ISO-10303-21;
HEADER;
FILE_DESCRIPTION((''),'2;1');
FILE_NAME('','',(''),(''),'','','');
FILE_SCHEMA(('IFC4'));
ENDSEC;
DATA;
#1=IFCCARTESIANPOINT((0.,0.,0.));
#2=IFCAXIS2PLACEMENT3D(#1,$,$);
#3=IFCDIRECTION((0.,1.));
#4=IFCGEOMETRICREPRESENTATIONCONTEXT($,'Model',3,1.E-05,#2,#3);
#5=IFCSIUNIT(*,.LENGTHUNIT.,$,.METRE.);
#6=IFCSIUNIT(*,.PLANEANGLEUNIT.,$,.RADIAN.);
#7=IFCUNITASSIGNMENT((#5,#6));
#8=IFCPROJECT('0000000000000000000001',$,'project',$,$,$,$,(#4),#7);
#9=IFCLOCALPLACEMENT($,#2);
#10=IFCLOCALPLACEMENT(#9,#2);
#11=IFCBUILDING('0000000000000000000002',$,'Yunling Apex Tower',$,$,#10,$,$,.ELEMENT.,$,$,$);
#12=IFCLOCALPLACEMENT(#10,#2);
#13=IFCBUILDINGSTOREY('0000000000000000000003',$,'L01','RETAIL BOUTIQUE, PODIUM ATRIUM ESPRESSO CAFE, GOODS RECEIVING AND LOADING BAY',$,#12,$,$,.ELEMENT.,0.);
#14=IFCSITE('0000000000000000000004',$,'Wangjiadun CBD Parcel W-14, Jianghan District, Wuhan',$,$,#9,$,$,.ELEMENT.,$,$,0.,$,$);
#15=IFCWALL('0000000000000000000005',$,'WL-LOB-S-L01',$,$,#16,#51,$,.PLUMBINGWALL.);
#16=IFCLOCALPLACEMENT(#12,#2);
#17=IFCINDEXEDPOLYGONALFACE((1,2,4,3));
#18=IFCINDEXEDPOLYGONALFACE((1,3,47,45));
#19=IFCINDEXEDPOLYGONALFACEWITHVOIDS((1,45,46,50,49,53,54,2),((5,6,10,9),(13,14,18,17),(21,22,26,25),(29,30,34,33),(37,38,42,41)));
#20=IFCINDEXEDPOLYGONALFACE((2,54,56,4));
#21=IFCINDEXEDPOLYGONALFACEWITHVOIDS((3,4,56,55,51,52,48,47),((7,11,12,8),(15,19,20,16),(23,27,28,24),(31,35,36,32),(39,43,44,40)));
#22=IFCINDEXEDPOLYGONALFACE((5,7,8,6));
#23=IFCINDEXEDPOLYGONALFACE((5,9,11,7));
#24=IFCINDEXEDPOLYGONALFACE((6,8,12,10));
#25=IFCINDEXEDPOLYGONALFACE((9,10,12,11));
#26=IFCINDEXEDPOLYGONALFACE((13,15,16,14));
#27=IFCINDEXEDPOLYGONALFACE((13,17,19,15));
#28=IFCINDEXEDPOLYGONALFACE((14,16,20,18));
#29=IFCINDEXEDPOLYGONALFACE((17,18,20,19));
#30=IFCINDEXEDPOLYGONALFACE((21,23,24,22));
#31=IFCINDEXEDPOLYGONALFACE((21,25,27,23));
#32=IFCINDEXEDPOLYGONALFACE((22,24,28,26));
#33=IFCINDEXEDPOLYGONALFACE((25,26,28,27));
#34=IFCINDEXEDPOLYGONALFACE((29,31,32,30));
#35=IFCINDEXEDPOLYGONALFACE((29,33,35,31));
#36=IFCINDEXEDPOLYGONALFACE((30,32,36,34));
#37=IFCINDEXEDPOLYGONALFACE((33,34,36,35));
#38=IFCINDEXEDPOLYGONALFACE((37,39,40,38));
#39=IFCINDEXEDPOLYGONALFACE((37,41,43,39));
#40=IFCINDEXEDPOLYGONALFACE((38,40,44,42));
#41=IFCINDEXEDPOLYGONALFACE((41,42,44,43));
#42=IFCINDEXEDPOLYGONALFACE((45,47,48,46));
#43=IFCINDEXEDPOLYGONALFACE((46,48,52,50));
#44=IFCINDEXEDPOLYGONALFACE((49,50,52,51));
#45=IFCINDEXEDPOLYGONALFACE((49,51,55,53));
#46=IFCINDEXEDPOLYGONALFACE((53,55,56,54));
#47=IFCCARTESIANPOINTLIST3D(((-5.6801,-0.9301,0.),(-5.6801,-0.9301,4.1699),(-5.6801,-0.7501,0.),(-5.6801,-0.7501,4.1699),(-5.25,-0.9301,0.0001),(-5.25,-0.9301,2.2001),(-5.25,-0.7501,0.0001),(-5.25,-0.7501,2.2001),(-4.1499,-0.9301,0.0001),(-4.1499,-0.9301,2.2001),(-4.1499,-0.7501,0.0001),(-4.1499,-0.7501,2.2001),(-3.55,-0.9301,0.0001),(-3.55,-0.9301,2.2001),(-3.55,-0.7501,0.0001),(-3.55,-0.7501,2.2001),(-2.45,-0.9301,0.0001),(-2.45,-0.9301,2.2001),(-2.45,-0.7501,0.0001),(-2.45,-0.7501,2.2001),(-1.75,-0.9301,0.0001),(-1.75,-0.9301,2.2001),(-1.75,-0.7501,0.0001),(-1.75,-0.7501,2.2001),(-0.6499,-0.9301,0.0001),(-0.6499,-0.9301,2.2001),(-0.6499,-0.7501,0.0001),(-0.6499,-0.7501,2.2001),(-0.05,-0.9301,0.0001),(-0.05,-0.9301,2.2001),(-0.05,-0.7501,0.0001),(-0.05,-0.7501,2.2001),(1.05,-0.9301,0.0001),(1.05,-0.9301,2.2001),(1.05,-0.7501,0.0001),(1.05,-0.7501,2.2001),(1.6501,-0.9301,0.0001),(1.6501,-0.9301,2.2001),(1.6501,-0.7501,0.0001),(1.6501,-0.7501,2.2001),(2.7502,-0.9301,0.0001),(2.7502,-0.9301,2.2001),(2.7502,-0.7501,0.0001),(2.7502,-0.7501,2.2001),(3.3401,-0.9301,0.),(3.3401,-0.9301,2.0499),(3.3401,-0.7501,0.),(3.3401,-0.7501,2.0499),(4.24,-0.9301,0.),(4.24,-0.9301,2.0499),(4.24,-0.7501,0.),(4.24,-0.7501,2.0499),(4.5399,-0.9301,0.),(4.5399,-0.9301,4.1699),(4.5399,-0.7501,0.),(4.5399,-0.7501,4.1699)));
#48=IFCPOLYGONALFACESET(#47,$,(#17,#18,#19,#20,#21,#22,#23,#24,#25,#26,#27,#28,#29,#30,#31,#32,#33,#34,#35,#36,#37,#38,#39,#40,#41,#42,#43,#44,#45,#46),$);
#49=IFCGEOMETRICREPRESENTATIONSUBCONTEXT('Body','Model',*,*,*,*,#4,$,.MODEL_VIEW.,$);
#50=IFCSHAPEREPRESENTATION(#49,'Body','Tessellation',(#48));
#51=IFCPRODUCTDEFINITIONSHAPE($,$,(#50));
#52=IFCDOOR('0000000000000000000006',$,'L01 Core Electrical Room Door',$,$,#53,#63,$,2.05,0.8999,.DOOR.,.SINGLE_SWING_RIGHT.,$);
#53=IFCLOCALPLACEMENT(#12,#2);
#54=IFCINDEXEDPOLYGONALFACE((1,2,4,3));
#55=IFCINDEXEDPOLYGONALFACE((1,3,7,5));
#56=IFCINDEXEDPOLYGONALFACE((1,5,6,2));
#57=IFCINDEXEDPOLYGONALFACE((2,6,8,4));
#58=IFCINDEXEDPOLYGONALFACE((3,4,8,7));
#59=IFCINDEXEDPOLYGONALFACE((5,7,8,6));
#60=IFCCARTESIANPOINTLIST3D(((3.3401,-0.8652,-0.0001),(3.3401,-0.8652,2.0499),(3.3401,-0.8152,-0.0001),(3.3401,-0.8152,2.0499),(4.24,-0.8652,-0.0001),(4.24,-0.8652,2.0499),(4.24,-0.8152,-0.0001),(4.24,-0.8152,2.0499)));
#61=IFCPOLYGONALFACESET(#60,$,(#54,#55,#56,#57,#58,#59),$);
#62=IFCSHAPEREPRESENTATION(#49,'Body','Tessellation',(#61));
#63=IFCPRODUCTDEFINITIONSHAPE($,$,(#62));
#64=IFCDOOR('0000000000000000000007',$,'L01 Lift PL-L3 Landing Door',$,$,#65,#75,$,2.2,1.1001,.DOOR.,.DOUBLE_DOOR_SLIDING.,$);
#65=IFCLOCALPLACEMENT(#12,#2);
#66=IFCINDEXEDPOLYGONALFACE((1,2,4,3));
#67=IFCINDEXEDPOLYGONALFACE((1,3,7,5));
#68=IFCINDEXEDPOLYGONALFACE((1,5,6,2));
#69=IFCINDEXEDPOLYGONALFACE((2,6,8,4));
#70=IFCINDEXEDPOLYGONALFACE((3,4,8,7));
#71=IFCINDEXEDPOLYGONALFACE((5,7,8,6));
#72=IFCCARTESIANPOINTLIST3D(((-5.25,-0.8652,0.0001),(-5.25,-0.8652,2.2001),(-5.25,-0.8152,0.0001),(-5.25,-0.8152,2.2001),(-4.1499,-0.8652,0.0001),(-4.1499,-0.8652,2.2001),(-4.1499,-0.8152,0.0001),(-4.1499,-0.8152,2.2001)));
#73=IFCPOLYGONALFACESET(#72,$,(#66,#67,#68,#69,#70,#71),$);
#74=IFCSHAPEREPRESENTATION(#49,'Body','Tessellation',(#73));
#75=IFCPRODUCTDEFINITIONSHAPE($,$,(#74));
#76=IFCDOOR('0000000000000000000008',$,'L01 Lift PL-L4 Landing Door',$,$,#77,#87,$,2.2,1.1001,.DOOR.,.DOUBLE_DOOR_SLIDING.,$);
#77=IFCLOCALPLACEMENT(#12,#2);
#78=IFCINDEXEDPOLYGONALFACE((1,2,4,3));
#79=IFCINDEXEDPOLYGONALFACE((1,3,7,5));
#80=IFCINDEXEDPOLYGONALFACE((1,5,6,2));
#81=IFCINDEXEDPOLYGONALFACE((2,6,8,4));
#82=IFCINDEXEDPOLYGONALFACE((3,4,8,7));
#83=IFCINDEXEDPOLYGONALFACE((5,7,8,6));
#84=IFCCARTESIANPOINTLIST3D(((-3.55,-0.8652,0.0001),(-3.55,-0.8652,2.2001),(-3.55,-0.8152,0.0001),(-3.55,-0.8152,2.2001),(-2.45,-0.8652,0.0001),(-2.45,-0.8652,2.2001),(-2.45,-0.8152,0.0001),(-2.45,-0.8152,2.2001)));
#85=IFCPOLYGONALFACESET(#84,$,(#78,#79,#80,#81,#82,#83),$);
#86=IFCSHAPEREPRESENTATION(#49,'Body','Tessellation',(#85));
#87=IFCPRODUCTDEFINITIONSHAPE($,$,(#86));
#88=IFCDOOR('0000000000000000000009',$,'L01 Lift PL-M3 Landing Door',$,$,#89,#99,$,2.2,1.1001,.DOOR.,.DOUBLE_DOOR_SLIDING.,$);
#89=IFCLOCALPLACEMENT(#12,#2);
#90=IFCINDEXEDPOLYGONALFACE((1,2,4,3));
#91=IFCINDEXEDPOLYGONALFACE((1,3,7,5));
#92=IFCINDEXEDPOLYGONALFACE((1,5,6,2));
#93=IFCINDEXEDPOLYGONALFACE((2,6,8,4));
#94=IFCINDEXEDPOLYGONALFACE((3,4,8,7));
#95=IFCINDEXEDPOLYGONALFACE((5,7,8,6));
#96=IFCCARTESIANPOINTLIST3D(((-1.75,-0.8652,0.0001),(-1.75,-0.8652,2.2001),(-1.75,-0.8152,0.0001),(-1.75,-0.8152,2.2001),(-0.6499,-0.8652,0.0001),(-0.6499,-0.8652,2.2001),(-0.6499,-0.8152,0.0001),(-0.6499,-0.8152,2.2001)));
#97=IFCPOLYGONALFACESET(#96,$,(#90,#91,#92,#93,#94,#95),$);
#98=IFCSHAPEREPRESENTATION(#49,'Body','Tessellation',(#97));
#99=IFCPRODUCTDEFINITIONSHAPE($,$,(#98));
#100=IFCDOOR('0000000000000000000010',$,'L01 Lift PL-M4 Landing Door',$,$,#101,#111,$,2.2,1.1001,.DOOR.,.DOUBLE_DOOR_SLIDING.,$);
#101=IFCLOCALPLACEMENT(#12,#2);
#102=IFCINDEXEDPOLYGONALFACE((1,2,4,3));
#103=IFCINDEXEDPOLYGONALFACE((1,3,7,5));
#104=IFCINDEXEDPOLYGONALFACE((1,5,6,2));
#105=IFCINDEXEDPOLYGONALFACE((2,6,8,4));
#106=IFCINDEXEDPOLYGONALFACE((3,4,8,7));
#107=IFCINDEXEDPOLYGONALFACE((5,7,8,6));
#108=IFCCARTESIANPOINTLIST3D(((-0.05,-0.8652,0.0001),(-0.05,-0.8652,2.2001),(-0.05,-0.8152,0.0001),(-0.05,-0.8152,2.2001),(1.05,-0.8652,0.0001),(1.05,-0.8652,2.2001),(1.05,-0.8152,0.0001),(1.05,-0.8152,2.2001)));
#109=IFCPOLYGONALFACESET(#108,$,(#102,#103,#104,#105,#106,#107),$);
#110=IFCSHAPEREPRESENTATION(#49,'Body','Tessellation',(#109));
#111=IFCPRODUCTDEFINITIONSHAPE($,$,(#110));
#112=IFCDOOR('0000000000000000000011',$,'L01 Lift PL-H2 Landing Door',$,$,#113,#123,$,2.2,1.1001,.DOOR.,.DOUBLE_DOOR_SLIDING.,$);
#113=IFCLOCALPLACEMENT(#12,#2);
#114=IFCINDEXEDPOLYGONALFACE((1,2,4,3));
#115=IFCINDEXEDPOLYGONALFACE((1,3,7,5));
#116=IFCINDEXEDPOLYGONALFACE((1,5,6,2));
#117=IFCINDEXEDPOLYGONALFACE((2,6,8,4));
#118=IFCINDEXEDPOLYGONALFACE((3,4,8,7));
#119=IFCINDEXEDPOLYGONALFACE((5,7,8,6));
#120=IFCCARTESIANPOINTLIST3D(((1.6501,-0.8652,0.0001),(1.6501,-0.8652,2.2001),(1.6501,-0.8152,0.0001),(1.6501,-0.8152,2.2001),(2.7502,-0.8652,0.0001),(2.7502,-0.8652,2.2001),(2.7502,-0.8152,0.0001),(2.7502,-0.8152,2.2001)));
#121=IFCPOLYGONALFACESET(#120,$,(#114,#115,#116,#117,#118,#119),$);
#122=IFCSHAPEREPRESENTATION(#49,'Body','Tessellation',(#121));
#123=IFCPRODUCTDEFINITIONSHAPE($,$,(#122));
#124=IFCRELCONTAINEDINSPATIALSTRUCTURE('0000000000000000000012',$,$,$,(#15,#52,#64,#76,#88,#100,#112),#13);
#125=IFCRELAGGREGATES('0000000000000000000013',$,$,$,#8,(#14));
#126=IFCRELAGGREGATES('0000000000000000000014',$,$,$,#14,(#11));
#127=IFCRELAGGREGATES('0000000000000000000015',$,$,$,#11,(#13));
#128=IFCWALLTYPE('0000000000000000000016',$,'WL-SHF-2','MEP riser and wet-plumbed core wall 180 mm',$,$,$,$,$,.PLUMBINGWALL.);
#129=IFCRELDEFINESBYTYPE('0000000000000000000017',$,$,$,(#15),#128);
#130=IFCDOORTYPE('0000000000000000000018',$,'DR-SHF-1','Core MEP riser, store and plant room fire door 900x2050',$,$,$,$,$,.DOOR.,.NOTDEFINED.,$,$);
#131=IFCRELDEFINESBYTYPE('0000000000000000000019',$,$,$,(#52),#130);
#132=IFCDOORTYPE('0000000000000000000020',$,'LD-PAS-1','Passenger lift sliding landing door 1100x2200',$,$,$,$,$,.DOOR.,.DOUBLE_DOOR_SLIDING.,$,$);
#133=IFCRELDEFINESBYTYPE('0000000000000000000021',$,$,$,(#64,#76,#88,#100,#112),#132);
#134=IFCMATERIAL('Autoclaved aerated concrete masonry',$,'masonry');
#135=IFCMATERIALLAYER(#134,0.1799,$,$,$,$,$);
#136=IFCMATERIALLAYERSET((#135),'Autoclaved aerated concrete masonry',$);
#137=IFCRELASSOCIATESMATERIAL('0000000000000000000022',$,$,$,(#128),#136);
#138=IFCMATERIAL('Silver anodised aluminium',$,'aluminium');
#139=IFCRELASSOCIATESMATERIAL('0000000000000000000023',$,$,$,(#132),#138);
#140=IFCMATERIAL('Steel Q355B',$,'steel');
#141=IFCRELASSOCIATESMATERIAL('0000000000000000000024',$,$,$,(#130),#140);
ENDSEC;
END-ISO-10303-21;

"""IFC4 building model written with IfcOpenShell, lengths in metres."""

from ifc_helpers import new_model, si_unit, direction, frame, frame_2d, origin, place, context, subcontext, project, spatial, rectangle, extrude, material, layer, layer_set, type_object, element, fill, save


model = new_model("IFC4")

# Units and contexts
model_context = context("Model", 3, precision=1e-05, world=origin(), true_north=direction((0.0, 1.0)))
body_context = subcontext(model_context, "Body", "Model", "MODEL_VIEW")
ifc_project = project(units=[si_unit("LENGTHUNIT", "METRE"), si_unit("PLANEANGLEUNIT", "RADIAN")], contexts=[model_context])

# Site, building, storey
site_placement = place(None, origin())
site = spatial("IfcSite", under=ifc_project, at=site_placement, Name="Wangjiadun CBD Parcel W-14, Jianghan District, Wuhan", CompositionType="ELEMENT", RefElevation=0.0)
building_placement = place(site_placement, origin())
building = spatial("IfcBuilding", under=site, at=building_placement, Name="Yunling Apex Tower", CompositionType="ELEMENT")
storey_placement = place(building_placement, origin())
storey = spatial("IfcBuildingStorey", under=building, at=storey_placement, Name="L01", Description="RETAIL BOUTIQUE, PODIUM ATRIUM ESPRESSO CAFE, GOODS RECEIVING AND LOADING BAY", CompositionType="ELEMENT", Elevation=0.0)

# Shared definitions
ifc_material_1 = material(Name="Steel Q355B", Category="steel")

# Shared definitions
ifc_material_2 = material(Name="Autoclaved aerated concrete masonry", Category="masonry")

# Wall, openings, doors
ifc_layer_1 = layer(ifc_material_2, 0.1799)
ifc_layer_set_1 = layer_set([ifc_layer_1], Name="Autoclaved aerated concrete masonry")
wall_type_1 = type_object("IfcWallType", Name="WL-SHF-2", Description="MEP riser and wet-plumbed core wall 180 mm", PredefinedType="PLUMBINGWALL", material=ifc_layer_set_1)
ifc_material_3 = material(Name="Silver anodised aluminium", Category="aluminium")
door_type_1 = type_object("IfcDoorType", Name="LD-PAS-1", Description="Passenger lift sliding landing door 1100x2200", OperationType="DOUBLE_DOOR_SLIDING", PredefinedType="DOOR", material=ifc_material_3)
wall_1_placement = place(storey_placement, frame((-5.6799, -0.8401, 0.0), z_axis=(0.0, 0.0, 1.0), x_axis=(1.0, 0.0, 0.0)))
wall_1 = element("IfcWall", 1, at=wall_1_placement, inside=storey, type_object=wall_type_1, Name="WL-LOB-S-L01", PredefinedType="PLUMBINGWALL", context=body_context, shape_type="SweptSolid", body=[
    extrude(rectangle(XDim=10.22, YDim=0.1799, at=frame_2d((5.1099, 0.0))), origin(), (0.0, 0.0, 1.0), 4.1699),
])
opening_1_placement = place(wall_1_placement, frame((0.4299, 0.0, 0.0)))
opening_1 = element("IfcOpeningElement", 2, at=opening_1_placement, cuts=wall_1, PredefinedType="OPENING", context=body_context, shape_type="SweptSolid", body=[
    extrude(rectangle(XDim=1.1001, YDim=2.2, at=frame_2d((0.55, 1.1001))), frame((0.0, 0.1001, 0.0), z_axis=(0.0, -1.0, 0.0), x_axis=(1.0, 0.0, 0.0)), (0.0, 0.0, 1.0), 0.2),
])
opening_2_placement = place(wall_1_placement, frame((2.1299, 0.0, 0.0)))
opening_2 = element("IfcOpeningElement", 3, at=opening_2_placement, cuts=wall_1, PredefinedType="OPENING", context=body_context, shape_type="SweptSolid", body=[
    extrude(rectangle(XDim=1.1001, YDim=2.2, at=frame_2d((0.55, 1.1001))), frame((0.0, 0.1001, 0.0), z_axis=(0.0, -1.0, 0.0), x_axis=(1.0, 0.0, 0.0)), (0.0, 0.0, 1.0), 0.2),
])
opening_3_placement = place(wall_1_placement, frame((3.9299, 0.0, 0.0)))
opening_3 = element("IfcOpeningElement", 4, at=opening_3_placement, cuts=wall_1, PredefinedType="OPENING", context=body_context, shape_type="SweptSolid", body=[
    extrude(rectangle(XDim=1.1001, YDim=2.2, at=frame_2d((0.55, 1.1001))), frame((0.0, 0.1001, 0.0), z_axis=(0.0, -1.0, 0.0), x_axis=(1.0, 0.0, 0.0)), (0.0, 0.0, 1.0), 0.2),
])
opening_4_placement = place(wall_1_placement, frame((5.6299, 0.0, 0.0)))
opening_4 = element("IfcOpeningElement", 5, at=opening_4_placement, cuts=wall_1, PredefinedType="OPENING", context=body_context, shape_type="SweptSolid", body=[
    extrude(rectangle(XDim=1.1001, YDim=2.2, at=frame_2d((0.55, 1.1001))), frame((0.0, 0.1001, 0.0), z_axis=(0.0, -1.0, 0.0), x_axis=(1.0, 0.0, 0.0)), (0.0, 0.0, 1.0), 0.2),
])
opening_5_placement = place(wall_1_placement, frame((7.3301, 0.0, 0.0)))
opening_5 = element("IfcOpeningElement", 6, at=opening_5_placement, cuts=wall_1, PredefinedType="OPENING", context=body_context, shape_type="SweptSolid", body=[
    extrude(rectangle(XDim=1.1001, YDim=2.2, at=frame_2d((0.55, 1.1001))), frame((0.0, 0.1001, 0.0), z_axis=(0.0, -1.0, 0.0), x_axis=(1.0, 0.0, 0.0)), (0.0, 0.0, 1.0), 0.2),
])
opening_6_placement = place(wall_1_placement, frame((9.02, 0.0, 0.0)))
opening_6 = element("IfcOpeningElement", 7, at=opening_6_placement, cuts=wall_1, PredefinedType="OPENING", context=body_context, shape_type="SweptSolid", body=[
    extrude(rectangle(XDim=0.8999, YDim=2.05, at=frame_2d((0.45, 1.0249))), frame((0.0, 0.1001, 0.0), z_axis=(0.0, -1.0, 0.0), x_axis=(1.0, 0.0, 0.0)), (0.0, 0.0, 1.0), 0.2),
])
door_type_2 = type_object("IfcDoorType", Name="DR-SHF-1", Description="Core MEP riser, store and plant room fire door 900x2050", OperationType="NOTDEFINED", PredefinedType="DOOR", material=ifc_material_1)
door_1_placement = place(opening_6_placement, origin())
door_1 = element("IfcDoor", 8, at=door_1_placement, inside=storey, type_object=door_type_2, Name="L01 Core Electrical Room Door", OperationType="SINGLE_SWING_RIGHT", OverallHeight=2.05, OverallWidth=0.8999, PredefinedType="DOOR", context=body_context, shape_type="SweptSolid", body=[
    extrude(rectangle(XDim=0.8999, YDim=2.05, at=frame_2d((0.45, 1.0249))), frame((0.0, 0.0249, 0.0), z_axis=(0.0, -1.0, 0.0), x_axis=(1.0, 0.0, 0.0)), (0.0, 0.0, 1.0), 0.05),
])
fill(opening_6, door_1)
door_2_placement = place(opening_1_placement, origin())
door_2 = element("IfcDoor", 9, at=door_2_placement, inside=storey, type_object=door_type_1, Name="L01 Lift PL-L3 Landing Door", OperationType="DOUBLE_DOOR_SLIDING", OverallHeight=2.2, OverallWidth=1.1001, PredefinedType="DOOR", context=body_context, shape_type="SweptSolid", body=[
    extrude(rectangle(XDim=1.1001, YDim=2.2, at=frame_2d((0.55, 1.1001))), frame((0.0, 0.0249, 0.0), z_axis=(0.0, -1.0, 0.0), x_axis=(1.0, 0.0, 0.0)), (0.0, 0.0, 1.0), 0.05),
])
fill(opening_1, door_2)
door_3_placement = place(opening_2_placement, origin())
door_3 = element("IfcDoor", 10, at=door_3_placement, inside=storey, type_object=door_type_1, Name="L01 Lift PL-L4 Landing Door", OperationType="DOUBLE_DOOR_SLIDING", OverallHeight=2.2, OverallWidth=1.1001, PredefinedType="DOOR", context=body_context, shape_type="SweptSolid", body=[
    extrude(rectangle(XDim=1.1001, YDim=2.2, at=frame_2d((0.55, 1.1001))), frame((0.0, 0.0249, 0.0), z_axis=(0.0, -1.0, 0.0), x_axis=(1.0, 0.0, 0.0)), (0.0, 0.0, 1.0), 0.05),
])
fill(opening_2, door_3)
door_4_placement = place(opening_3_placement, origin())
door_4 = element("IfcDoor", 11, at=door_4_placement, inside=storey, type_object=door_type_1, Name="L01 Lift PL-M3 Landing Door", OperationType="DOUBLE_DOOR_SLIDING", OverallHeight=2.2, OverallWidth=1.1001, PredefinedType="DOOR", context=body_context, shape_type="SweptSolid", body=[
    extrude(rectangle(XDim=1.1001, YDim=2.2, at=frame_2d((0.55, 1.1001))), frame((0.0, 0.0249, 0.0), z_axis=(0.0, -1.0, 0.0), x_axis=(1.0, 0.0, 0.0)), (0.0, 0.0, 1.0), 0.05),
])
fill(opening_3, door_4)
door_5_placement = place(opening_4_placement, origin())
door_5 = element("IfcDoor", 12, at=door_5_placement, inside=storey, type_object=door_type_1, Name="L01 Lift PL-M4 Landing Door", OperationType="DOUBLE_DOOR_SLIDING", OverallHeight=2.2, OverallWidth=1.1001, PredefinedType="DOOR", context=body_context, shape_type="SweptSolid", body=[
    extrude(rectangle(XDim=1.1001, YDim=2.2, at=frame_2d((0.55, 1.1001))), frame((0.0, 0.0249, 0.0), z_axis=(0.0, -1.0, 0.0), x_axis=(1.0, 0.0, 0.0)), (0.0, 0.0, 1.0), 0.05),
])
fill(opening_4, door_5)
door_6_placement = place(opening_5_placement, origin())
door_6 = element("IfcDoor", 13, at=door_6_placement, inside=storey, type_object=door_type_1, Name="L01 Lift PL-H2 Landing Door", OperationType="DOUBLE_DOOR_SLIDING", OverallHeight=2.2, OverallWidth=1.1001, PredefinedType="DOOR", context=body_context, shape_type="SweptSolid", body=[
    extrude(rectangle(XDim=1.1001, YDim=2.2, at=frame_2d((0.55, 1.1001))), frame((0.0, 0.0249, 0.0), z_axis=(0.0, -1.0, 0.0), x_axis=(1.0, 0.0, 0.0)), (0.0, 0.0, 1.0), 0.05),
])
fill(opening_5, door_6)

save(model, "model.ifc")
